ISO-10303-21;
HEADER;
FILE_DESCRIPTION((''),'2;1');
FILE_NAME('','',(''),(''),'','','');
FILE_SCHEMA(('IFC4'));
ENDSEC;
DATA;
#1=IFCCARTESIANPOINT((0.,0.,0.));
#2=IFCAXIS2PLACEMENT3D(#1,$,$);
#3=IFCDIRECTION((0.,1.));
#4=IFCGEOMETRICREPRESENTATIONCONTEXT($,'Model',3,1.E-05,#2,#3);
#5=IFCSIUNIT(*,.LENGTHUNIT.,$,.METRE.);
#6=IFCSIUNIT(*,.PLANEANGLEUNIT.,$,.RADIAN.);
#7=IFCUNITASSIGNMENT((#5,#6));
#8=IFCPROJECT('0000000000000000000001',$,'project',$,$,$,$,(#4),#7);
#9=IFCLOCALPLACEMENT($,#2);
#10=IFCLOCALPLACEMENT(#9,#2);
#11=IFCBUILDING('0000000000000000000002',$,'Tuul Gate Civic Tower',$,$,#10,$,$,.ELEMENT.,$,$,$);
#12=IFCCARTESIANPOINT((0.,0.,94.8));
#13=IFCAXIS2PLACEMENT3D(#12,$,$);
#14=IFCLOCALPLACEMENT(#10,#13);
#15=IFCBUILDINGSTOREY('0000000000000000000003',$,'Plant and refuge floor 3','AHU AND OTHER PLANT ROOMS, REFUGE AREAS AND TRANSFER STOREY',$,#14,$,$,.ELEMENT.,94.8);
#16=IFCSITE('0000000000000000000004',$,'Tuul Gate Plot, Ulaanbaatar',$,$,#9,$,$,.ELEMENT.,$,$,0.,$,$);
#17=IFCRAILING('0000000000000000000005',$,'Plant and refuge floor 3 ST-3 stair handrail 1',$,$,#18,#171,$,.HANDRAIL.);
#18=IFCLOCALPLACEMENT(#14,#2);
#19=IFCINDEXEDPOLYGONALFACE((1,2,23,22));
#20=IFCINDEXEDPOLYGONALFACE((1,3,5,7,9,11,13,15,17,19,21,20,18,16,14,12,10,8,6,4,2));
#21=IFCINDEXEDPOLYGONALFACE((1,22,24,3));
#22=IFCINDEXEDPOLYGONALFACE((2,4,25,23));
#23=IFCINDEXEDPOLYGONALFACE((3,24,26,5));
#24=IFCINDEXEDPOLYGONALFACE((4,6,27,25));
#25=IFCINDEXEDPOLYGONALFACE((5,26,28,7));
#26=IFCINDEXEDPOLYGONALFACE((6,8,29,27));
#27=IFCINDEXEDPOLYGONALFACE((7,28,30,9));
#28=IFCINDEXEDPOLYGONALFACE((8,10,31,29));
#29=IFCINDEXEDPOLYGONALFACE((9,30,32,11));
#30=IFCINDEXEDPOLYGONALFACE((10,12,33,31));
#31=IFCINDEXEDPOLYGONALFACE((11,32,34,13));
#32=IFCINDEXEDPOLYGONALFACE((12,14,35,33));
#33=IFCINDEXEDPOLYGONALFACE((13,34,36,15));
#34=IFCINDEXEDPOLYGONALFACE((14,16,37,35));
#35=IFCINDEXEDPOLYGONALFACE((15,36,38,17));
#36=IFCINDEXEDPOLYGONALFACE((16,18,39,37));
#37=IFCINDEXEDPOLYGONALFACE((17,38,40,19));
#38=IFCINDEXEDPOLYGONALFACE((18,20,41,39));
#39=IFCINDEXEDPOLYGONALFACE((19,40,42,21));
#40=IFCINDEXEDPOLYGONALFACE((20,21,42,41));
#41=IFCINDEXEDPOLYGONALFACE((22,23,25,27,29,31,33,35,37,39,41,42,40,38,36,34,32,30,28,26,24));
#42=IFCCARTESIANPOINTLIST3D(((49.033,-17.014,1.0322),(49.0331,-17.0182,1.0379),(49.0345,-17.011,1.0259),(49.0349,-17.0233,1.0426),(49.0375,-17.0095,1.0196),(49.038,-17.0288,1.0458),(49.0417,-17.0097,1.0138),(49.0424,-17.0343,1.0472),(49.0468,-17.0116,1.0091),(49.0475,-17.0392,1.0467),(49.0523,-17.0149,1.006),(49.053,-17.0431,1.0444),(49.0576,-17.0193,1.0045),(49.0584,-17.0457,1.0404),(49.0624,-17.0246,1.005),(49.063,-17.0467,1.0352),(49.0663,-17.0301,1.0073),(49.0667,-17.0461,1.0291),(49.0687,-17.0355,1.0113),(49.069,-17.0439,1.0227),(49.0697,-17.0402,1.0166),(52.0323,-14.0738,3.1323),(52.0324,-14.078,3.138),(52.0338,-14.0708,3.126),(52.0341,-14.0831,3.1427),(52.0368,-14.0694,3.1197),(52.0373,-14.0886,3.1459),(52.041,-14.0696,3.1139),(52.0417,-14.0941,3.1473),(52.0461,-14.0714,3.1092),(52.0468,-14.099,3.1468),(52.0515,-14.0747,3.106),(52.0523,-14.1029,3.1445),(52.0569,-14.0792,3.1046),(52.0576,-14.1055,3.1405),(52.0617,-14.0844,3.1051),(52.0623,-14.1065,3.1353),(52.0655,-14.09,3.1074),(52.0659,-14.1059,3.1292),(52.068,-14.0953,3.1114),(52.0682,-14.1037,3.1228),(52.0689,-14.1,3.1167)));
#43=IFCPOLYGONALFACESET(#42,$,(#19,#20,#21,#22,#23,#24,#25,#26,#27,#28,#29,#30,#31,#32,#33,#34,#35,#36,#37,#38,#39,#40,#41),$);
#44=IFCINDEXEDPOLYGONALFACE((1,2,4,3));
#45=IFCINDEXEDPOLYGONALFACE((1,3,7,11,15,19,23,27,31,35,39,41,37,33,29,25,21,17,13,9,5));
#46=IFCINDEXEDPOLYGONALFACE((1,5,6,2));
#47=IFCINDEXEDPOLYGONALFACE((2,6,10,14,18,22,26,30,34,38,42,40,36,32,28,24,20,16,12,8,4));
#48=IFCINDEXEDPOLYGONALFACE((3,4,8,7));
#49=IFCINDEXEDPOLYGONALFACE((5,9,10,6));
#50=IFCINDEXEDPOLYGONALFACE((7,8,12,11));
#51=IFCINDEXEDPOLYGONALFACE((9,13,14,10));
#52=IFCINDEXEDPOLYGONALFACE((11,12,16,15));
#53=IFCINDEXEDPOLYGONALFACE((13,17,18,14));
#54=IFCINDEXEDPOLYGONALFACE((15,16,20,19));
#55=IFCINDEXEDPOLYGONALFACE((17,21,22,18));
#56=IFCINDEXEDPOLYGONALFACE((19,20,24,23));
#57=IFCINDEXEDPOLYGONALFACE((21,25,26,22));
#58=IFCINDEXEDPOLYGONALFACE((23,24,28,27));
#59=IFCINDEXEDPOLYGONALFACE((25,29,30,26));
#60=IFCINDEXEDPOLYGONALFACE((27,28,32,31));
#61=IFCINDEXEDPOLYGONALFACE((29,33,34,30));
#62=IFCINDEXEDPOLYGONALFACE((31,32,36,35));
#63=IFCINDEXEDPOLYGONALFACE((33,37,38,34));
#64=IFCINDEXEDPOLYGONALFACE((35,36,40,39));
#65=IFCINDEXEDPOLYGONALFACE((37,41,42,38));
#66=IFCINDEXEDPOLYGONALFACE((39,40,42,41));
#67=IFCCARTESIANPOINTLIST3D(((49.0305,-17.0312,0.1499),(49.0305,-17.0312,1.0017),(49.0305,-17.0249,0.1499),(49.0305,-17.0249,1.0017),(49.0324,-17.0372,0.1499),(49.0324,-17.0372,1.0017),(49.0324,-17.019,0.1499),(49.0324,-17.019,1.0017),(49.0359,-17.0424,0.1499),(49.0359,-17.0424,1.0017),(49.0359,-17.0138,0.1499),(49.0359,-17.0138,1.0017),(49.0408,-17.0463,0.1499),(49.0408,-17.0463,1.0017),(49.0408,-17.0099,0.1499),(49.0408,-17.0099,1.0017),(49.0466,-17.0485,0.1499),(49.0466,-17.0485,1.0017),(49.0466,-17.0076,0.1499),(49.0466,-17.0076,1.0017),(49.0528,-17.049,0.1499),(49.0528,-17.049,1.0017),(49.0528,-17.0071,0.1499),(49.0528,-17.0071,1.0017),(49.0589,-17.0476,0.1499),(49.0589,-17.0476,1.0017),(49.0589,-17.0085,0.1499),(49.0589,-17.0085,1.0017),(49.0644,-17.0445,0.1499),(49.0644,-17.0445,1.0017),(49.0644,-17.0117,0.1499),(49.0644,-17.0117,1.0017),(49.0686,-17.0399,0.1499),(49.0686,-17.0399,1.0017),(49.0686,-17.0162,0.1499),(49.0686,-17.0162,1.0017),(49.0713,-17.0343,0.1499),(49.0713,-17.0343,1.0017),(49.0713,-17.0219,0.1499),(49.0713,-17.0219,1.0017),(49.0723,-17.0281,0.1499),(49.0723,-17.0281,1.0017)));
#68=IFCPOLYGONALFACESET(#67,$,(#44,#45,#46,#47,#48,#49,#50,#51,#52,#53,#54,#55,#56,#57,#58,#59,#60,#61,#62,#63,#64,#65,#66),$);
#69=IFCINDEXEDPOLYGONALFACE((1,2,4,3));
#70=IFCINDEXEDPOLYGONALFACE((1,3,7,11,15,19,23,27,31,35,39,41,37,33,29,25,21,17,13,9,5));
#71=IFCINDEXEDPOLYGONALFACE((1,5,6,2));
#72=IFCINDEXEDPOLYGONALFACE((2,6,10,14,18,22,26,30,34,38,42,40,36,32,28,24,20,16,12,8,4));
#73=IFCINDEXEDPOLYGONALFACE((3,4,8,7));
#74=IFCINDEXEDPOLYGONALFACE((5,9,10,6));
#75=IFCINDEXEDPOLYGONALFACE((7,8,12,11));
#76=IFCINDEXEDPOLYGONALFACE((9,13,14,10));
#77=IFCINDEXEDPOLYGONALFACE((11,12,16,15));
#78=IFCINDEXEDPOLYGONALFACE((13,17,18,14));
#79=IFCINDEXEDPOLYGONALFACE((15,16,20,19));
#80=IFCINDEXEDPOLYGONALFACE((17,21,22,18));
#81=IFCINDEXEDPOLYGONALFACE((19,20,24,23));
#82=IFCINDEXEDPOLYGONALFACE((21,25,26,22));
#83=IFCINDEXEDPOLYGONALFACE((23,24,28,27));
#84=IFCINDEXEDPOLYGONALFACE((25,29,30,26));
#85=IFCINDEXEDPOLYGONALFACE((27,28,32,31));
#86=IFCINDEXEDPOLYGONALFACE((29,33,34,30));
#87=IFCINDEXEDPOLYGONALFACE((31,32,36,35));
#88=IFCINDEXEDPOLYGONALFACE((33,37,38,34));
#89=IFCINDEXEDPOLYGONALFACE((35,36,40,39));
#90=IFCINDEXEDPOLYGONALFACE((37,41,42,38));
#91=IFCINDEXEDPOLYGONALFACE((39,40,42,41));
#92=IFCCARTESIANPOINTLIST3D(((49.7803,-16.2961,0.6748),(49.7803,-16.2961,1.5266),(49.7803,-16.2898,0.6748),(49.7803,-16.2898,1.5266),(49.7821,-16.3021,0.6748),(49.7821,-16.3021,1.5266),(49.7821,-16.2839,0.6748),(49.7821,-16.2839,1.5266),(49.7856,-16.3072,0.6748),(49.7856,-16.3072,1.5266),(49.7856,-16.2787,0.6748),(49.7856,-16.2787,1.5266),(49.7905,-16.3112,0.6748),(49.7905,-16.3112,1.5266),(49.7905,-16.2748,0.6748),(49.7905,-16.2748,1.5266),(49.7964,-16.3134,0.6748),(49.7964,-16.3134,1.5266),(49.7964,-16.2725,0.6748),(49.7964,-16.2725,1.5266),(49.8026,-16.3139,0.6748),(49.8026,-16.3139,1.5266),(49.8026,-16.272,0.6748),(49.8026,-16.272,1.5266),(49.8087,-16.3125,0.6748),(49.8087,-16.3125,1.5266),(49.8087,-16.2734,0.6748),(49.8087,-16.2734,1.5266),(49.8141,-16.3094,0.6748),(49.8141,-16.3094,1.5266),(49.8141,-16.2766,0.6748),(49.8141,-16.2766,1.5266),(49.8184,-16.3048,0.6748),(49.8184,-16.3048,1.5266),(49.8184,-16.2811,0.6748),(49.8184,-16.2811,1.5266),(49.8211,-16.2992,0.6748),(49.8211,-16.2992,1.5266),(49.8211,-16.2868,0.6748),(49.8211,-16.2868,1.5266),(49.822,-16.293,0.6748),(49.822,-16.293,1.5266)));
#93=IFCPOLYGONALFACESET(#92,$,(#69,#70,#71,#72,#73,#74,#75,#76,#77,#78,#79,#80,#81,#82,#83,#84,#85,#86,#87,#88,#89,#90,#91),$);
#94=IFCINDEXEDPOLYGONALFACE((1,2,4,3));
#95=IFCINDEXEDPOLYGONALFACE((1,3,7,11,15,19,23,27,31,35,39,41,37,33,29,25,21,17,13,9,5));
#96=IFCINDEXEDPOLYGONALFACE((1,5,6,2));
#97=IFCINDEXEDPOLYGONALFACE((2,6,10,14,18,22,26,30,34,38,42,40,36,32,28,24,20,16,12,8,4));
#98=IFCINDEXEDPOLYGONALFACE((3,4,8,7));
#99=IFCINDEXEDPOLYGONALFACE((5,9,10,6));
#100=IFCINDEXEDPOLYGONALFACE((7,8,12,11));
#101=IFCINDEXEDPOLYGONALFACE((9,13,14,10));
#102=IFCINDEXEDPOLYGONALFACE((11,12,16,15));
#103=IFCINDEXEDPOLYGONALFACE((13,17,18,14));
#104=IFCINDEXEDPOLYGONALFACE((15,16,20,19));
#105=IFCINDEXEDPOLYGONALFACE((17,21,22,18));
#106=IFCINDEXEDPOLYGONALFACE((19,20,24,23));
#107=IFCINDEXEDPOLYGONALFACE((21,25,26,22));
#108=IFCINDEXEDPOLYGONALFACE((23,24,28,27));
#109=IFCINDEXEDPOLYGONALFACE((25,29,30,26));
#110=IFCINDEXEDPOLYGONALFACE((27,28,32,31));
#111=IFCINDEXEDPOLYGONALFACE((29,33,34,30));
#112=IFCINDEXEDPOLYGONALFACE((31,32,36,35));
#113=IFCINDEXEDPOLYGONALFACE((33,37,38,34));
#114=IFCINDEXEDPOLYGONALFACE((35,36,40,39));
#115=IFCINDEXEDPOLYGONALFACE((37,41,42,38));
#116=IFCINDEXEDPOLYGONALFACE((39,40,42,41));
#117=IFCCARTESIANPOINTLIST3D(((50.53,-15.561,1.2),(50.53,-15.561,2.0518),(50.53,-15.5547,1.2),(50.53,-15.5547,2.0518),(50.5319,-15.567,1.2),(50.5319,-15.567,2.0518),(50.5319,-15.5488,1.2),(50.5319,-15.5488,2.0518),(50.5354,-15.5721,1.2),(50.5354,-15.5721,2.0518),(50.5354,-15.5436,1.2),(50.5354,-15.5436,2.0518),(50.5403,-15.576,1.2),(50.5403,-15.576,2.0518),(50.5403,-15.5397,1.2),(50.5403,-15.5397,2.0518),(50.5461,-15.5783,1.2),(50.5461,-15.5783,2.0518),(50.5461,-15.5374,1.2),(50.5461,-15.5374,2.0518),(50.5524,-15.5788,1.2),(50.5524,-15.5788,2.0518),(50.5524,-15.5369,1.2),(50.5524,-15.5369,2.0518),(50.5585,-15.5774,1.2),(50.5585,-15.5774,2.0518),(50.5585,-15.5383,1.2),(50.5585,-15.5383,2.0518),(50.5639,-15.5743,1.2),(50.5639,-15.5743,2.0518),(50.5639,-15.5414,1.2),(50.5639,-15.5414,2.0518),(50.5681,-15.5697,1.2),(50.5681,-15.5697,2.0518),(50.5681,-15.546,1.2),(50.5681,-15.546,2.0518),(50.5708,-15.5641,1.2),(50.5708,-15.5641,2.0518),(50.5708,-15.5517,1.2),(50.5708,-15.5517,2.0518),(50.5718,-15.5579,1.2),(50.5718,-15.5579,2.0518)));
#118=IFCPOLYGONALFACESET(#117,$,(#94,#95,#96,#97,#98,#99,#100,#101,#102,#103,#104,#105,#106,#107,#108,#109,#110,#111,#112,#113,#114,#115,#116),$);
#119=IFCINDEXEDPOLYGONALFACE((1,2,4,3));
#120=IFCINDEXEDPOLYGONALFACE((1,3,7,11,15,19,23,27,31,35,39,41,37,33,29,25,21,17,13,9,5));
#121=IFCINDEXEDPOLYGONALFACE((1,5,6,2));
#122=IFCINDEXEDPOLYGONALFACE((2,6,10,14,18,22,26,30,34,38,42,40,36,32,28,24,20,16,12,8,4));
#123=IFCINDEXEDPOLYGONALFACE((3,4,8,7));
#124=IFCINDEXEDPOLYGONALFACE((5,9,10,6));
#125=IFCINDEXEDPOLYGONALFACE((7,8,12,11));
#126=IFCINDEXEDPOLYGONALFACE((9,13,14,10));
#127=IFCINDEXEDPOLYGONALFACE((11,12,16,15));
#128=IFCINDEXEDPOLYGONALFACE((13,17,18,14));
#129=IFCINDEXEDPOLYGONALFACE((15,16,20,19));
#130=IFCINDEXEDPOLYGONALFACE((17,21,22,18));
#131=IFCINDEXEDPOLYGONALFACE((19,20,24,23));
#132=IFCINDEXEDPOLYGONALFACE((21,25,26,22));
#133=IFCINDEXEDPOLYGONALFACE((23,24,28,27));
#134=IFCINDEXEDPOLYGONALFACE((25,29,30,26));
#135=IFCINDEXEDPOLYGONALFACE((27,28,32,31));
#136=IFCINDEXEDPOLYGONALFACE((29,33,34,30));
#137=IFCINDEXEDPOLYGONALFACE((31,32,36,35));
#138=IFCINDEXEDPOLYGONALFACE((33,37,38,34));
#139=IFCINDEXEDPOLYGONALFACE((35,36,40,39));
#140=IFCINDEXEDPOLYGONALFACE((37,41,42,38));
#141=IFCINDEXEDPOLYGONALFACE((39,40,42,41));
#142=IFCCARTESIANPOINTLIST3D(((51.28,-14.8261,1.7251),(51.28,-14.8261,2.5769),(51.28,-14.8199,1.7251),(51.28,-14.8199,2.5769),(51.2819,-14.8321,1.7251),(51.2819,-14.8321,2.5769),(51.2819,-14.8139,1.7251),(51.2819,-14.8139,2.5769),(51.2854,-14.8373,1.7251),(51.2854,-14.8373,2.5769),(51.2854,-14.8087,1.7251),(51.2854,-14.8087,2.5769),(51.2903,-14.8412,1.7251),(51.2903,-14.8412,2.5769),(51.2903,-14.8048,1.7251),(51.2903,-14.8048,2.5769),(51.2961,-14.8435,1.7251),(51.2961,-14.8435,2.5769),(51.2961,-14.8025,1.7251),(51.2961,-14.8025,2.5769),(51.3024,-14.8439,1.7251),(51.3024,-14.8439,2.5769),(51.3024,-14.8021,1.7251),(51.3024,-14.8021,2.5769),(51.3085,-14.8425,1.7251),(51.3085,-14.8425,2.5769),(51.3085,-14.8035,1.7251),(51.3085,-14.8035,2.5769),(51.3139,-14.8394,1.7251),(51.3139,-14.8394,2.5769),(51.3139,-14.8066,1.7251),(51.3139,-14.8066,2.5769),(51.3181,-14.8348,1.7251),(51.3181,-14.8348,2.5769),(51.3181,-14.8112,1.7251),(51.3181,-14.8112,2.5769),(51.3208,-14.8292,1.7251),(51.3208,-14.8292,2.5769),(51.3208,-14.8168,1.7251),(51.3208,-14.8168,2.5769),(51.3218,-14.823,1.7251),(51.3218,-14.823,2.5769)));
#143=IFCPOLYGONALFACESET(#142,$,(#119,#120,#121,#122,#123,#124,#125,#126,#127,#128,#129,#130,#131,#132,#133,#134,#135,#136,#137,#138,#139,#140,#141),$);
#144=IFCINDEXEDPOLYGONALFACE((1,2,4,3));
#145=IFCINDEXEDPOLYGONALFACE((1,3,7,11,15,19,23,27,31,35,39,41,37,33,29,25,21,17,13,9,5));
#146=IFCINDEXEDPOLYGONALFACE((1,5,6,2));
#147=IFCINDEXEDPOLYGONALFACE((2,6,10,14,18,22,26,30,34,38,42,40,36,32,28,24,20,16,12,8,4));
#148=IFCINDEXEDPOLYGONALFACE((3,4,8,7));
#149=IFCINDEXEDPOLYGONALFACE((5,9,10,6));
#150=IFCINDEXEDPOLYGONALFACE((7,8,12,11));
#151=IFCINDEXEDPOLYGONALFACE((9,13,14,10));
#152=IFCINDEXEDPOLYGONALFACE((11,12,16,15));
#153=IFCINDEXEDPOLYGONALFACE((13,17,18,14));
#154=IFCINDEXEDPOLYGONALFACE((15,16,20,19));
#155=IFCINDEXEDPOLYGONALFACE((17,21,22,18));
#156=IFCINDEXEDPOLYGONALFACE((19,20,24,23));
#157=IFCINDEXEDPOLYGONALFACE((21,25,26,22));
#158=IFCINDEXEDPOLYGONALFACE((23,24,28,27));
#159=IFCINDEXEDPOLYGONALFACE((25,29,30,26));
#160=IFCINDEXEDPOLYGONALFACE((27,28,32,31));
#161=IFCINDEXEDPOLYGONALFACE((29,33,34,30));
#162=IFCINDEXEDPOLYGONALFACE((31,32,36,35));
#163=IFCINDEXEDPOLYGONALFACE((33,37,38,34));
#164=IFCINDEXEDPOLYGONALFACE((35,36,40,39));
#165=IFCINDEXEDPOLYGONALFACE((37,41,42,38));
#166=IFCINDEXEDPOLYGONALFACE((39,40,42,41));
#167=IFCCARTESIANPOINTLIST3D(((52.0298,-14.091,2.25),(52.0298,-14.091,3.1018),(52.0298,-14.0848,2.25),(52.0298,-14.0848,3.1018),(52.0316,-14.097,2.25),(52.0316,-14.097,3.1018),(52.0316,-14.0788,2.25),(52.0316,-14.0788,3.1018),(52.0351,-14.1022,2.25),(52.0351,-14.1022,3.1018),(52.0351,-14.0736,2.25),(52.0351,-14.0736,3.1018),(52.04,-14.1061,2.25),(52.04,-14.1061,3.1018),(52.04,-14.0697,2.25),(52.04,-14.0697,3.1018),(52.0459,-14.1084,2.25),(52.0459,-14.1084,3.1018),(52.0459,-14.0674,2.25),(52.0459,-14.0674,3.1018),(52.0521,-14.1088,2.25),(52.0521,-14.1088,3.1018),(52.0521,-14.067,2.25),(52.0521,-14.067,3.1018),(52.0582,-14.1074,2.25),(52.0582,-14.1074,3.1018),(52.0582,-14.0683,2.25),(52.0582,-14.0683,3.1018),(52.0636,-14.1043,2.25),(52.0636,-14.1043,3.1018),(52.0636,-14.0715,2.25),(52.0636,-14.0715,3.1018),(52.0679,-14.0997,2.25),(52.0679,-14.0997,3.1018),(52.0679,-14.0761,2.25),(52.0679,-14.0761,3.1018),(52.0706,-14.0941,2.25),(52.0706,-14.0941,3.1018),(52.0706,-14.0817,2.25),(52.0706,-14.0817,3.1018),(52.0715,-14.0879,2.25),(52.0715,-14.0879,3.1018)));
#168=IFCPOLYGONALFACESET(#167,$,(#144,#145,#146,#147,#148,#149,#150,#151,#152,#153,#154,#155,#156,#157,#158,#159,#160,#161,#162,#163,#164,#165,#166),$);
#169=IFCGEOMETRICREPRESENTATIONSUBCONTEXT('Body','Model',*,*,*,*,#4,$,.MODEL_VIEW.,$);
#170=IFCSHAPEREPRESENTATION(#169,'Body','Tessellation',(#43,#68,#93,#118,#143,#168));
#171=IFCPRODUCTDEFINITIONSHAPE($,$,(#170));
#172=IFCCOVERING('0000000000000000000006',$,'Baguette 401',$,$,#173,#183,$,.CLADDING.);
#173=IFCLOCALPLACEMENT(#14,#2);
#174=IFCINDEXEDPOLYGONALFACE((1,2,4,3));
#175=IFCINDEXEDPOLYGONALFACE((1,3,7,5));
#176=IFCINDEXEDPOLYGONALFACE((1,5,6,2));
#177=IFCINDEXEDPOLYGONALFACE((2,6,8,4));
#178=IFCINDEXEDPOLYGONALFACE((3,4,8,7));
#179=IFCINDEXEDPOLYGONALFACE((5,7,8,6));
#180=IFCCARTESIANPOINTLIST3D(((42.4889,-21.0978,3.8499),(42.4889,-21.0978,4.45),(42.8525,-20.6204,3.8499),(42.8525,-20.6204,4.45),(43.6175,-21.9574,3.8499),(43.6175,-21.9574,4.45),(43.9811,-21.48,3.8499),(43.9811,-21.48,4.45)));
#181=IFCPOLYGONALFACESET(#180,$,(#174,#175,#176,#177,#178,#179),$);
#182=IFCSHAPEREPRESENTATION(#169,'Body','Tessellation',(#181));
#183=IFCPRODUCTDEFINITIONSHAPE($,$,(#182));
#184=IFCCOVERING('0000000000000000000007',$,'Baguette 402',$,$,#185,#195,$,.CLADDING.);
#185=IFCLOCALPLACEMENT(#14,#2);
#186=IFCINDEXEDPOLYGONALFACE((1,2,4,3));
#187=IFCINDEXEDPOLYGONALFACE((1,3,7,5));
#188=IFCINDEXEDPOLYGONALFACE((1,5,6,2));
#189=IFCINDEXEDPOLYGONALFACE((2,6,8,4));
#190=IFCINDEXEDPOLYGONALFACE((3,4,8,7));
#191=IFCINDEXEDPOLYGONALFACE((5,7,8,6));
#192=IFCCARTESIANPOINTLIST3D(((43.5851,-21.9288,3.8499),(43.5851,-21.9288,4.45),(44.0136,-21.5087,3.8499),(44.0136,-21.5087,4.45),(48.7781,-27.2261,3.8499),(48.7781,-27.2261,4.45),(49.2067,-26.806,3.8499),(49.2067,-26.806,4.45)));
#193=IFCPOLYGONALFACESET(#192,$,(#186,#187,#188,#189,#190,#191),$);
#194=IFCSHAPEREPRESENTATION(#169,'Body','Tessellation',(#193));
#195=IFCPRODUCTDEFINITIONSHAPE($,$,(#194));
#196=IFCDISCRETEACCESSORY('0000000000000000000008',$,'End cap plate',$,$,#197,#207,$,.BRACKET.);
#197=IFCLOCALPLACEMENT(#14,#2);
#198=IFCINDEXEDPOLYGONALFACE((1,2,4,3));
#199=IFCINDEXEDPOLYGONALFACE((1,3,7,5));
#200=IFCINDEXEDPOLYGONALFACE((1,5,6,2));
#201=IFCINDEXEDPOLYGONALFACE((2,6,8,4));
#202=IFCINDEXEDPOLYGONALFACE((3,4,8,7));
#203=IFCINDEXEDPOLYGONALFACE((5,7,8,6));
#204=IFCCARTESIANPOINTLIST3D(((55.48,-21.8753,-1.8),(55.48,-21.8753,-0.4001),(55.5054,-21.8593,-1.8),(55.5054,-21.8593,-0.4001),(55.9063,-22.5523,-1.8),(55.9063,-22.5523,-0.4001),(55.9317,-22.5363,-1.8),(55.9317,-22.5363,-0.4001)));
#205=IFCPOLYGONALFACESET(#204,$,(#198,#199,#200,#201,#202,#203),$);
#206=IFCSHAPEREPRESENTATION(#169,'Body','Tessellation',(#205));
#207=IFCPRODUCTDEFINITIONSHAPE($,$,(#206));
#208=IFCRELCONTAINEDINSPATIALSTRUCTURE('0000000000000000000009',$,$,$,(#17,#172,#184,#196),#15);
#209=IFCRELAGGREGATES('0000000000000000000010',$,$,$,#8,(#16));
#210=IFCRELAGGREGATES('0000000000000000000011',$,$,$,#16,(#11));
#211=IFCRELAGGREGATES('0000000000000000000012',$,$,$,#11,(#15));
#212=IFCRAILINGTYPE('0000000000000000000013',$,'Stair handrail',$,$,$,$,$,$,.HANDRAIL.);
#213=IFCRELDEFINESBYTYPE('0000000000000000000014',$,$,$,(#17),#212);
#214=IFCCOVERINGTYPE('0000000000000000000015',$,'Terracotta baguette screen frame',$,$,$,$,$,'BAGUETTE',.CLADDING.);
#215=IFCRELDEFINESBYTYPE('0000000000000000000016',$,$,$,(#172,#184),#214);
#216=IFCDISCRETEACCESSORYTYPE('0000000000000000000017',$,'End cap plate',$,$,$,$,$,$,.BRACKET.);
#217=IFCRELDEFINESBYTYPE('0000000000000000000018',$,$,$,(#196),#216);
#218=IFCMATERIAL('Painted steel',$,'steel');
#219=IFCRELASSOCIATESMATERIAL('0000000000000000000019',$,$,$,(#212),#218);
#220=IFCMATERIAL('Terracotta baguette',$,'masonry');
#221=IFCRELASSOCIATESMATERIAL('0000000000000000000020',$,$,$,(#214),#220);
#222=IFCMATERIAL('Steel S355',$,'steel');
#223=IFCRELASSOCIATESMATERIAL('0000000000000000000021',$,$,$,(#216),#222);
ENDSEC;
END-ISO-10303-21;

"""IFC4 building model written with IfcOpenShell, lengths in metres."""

from ifc_helpers import new_model, si_unit, direction, frame, origin, origin_2d, place, context, subcontext, project, spatial, rectangle, circle, extrude, material, material_profile, profile_set, type_object, element, save


model = new_model("IFC4")

# Units and contexts
model_context = context("Model", 3, precision=1e-05, world=origin(), true_north=direction((0.0, 1.0)))
body_context = subcontext(model_context, "Body", "Model", "MODEL_VIEW")
ifc_project = project(units=[si_unit("LENGTHUNIT", "METRE"), si_unit("PLANEANGLEUNIT", "RADIAN")], contexts=[model_context])

# Site, building, storey
site_placement = place(None, origin())
site = spatial("IfcSite", under=ifc_project, at=site_placement, Name="Tuul Gate Plot, Ulaanbaatar", CompositionType="ELEMENT", RefElevation=0.0)
building_placement = place(site_placement, origin())
building = spatial("IfcBuilding", under=site, at=building_placement, Name="Tuul Gate Civic Tower", CompositionType="ELEMENT")
storey_placement = place(building_placement, frame((0.0, 0.0, 94.8)))
storey = spatial("IfcBuildingStorey", under=building, at=storey_placement, Name="Plant and refuge floor 3", Description="AHU AND OTHER PLANT ROOMS, REFUGE AREAS AND TRANSFER STOREY", CompositionType="ELEMENT", Elevation=94.8)

# Railing
ifc_material_1 = material(Name="Painted steel", Category="steel")
railing_type = type_object("IfcRailingType", Name="Stair handrail", PredefinedType="HANDRAIL", material=ifc_material_1)
railing_placement = place(storey_placement, frame((49.0513, -17.0281, 0.1499)))
element("IfcRailing", 1, at=railing_placement, inside=storey, type_object=railing_type, Name="Plant and refuge floor 3 ST-3 stair handrail 1", PredefinedType="HANDRAIL", context=body_context, shape_type="SweptSolid", body=[
    extrude(circle(Radius=0.0239, at=origin_2d()), frame((0.0, 0.0, 0.876), z_axis=(0.63871, 0.626129, 0.447227), x_axis=(-0.700038, 0.714105, 0.0)), (0.0, 0.0, 1.0), 4.6958),
    extrude(circle(Radius=0.021, at=origin_2d()), origin(), (0.0, 0.0, 1.0), 0.8518),
    extrude(circle(Radius=0.021, at=origin_2d()), frame((0.7498, 0.7351, 0.5249)), (0.0, 0.0, 1.0), 0.8518),
    extrude(circle(Radius=0.021, at=origin_2d()), frame((1.4995, 1.4702, 1.05)), (0.0, 0.0, 1.0), 0.8518),
    extrude(circle(Radius=0.021, at=origin_2d()), frame((2.2495, 2.2051, 1.5752)), (0.0, 0.0, 1.0), 0.8518),
    extrude(circle(Radius=0.021, at=origin_2d()), frame((2.9993, 2.9402, 2.1001)), (0.0, 0.0, 1.0), 0.8518),
])

# Coverings
ifc_material_2 = material(Name="Terracotta baguette", Category="masonry")
ifc_material_profile_1 = material_profile(ifc_material_2, rectangle(XDim=0.6001, YDim=0.6001, at=origin_2d()), Name="Terracotta baguette screen frame")
ifc_profile_set_1 = profile_set([ifc_material_profile_1], Name="Terracotta baguette")
covering_type = type_object("IfcCoveringType", Name="Terracotta baguette screen frame", ElementType="BAGUETTE", PredefinedType="CLADDING", material=ifc_profile_set_1)
covering_1_placement = place(storey_placement, frame((42.6707, -20.8591, 4.1499), z_axis=(0.795538, -0.605903, 0.0), x_axis=(0.605903, 0.795538, 0.0)))
element("IfcCovering", 2, at=covering_1_placement, inside=storey, type_object=covering_type, Name="Baguette 401", PredefinedType="CLADDING", context=body_context, shape_type="SweptSolid", body=[
    extrude(rectangle(XDim=0.6001, YDim=0.6001, at=origin_2d()), origin(), (0.0, 0.0, 1.0), 1.4187),
])
covering_2_placement = place(storey_placement, frame((43.7993, -21.7188, 4.1499), z_axis=(0.700045, -0.714098, 0.0), x_axis=(0.714098, 0.700045, 0.0)))
element("IfcCovering", 3, at=covering_2_placement, inside=storey, type_object=covering_type, Name="Baguette 402", PredefinedType="CLADDING", context=body_context, shape_type="SweptSolid", body=[
    extrude(rectangle(XDim=0.6001, YDim=0.6001, at=origin_2d()), origin(), (0.0, 0.0, 1.0), 7.4182),
])

# Discrete accessory
ifc_material_3 = material(Name="Steel S355", Category="steel")
discrete_accessory_type_1 = type_object("IfcDiscreteAccessoryType", Name="End cap plate", PredefinedType="BRACKET", material=ifc_material_3)
for number, where, z_axis, x_axis, name in (
    (4, (55.7058, -22.2058, -1.8), (0.0, 0.0, 1.0), (0.84622, 0.532834, 0.0), "End cap plate"),
):
    element("IfcDiscreteAccessory", number, at=place(storey_placement, frame(where, z_axis=z_axis, x_axis=x_axis)), inside=storey, type_object=discrete_accessory_type_1, Name=name, PredefinedType="BRACKET", context=body_context, shape_type="SweptSolid", body=[
        extrude(rectangle(XDim=0.03, YDim=0.8, at=origin_2d()), origin(), (0.0, 0.0, 1.0), 1.3999),
    ])

save(model, "model.ifc")
